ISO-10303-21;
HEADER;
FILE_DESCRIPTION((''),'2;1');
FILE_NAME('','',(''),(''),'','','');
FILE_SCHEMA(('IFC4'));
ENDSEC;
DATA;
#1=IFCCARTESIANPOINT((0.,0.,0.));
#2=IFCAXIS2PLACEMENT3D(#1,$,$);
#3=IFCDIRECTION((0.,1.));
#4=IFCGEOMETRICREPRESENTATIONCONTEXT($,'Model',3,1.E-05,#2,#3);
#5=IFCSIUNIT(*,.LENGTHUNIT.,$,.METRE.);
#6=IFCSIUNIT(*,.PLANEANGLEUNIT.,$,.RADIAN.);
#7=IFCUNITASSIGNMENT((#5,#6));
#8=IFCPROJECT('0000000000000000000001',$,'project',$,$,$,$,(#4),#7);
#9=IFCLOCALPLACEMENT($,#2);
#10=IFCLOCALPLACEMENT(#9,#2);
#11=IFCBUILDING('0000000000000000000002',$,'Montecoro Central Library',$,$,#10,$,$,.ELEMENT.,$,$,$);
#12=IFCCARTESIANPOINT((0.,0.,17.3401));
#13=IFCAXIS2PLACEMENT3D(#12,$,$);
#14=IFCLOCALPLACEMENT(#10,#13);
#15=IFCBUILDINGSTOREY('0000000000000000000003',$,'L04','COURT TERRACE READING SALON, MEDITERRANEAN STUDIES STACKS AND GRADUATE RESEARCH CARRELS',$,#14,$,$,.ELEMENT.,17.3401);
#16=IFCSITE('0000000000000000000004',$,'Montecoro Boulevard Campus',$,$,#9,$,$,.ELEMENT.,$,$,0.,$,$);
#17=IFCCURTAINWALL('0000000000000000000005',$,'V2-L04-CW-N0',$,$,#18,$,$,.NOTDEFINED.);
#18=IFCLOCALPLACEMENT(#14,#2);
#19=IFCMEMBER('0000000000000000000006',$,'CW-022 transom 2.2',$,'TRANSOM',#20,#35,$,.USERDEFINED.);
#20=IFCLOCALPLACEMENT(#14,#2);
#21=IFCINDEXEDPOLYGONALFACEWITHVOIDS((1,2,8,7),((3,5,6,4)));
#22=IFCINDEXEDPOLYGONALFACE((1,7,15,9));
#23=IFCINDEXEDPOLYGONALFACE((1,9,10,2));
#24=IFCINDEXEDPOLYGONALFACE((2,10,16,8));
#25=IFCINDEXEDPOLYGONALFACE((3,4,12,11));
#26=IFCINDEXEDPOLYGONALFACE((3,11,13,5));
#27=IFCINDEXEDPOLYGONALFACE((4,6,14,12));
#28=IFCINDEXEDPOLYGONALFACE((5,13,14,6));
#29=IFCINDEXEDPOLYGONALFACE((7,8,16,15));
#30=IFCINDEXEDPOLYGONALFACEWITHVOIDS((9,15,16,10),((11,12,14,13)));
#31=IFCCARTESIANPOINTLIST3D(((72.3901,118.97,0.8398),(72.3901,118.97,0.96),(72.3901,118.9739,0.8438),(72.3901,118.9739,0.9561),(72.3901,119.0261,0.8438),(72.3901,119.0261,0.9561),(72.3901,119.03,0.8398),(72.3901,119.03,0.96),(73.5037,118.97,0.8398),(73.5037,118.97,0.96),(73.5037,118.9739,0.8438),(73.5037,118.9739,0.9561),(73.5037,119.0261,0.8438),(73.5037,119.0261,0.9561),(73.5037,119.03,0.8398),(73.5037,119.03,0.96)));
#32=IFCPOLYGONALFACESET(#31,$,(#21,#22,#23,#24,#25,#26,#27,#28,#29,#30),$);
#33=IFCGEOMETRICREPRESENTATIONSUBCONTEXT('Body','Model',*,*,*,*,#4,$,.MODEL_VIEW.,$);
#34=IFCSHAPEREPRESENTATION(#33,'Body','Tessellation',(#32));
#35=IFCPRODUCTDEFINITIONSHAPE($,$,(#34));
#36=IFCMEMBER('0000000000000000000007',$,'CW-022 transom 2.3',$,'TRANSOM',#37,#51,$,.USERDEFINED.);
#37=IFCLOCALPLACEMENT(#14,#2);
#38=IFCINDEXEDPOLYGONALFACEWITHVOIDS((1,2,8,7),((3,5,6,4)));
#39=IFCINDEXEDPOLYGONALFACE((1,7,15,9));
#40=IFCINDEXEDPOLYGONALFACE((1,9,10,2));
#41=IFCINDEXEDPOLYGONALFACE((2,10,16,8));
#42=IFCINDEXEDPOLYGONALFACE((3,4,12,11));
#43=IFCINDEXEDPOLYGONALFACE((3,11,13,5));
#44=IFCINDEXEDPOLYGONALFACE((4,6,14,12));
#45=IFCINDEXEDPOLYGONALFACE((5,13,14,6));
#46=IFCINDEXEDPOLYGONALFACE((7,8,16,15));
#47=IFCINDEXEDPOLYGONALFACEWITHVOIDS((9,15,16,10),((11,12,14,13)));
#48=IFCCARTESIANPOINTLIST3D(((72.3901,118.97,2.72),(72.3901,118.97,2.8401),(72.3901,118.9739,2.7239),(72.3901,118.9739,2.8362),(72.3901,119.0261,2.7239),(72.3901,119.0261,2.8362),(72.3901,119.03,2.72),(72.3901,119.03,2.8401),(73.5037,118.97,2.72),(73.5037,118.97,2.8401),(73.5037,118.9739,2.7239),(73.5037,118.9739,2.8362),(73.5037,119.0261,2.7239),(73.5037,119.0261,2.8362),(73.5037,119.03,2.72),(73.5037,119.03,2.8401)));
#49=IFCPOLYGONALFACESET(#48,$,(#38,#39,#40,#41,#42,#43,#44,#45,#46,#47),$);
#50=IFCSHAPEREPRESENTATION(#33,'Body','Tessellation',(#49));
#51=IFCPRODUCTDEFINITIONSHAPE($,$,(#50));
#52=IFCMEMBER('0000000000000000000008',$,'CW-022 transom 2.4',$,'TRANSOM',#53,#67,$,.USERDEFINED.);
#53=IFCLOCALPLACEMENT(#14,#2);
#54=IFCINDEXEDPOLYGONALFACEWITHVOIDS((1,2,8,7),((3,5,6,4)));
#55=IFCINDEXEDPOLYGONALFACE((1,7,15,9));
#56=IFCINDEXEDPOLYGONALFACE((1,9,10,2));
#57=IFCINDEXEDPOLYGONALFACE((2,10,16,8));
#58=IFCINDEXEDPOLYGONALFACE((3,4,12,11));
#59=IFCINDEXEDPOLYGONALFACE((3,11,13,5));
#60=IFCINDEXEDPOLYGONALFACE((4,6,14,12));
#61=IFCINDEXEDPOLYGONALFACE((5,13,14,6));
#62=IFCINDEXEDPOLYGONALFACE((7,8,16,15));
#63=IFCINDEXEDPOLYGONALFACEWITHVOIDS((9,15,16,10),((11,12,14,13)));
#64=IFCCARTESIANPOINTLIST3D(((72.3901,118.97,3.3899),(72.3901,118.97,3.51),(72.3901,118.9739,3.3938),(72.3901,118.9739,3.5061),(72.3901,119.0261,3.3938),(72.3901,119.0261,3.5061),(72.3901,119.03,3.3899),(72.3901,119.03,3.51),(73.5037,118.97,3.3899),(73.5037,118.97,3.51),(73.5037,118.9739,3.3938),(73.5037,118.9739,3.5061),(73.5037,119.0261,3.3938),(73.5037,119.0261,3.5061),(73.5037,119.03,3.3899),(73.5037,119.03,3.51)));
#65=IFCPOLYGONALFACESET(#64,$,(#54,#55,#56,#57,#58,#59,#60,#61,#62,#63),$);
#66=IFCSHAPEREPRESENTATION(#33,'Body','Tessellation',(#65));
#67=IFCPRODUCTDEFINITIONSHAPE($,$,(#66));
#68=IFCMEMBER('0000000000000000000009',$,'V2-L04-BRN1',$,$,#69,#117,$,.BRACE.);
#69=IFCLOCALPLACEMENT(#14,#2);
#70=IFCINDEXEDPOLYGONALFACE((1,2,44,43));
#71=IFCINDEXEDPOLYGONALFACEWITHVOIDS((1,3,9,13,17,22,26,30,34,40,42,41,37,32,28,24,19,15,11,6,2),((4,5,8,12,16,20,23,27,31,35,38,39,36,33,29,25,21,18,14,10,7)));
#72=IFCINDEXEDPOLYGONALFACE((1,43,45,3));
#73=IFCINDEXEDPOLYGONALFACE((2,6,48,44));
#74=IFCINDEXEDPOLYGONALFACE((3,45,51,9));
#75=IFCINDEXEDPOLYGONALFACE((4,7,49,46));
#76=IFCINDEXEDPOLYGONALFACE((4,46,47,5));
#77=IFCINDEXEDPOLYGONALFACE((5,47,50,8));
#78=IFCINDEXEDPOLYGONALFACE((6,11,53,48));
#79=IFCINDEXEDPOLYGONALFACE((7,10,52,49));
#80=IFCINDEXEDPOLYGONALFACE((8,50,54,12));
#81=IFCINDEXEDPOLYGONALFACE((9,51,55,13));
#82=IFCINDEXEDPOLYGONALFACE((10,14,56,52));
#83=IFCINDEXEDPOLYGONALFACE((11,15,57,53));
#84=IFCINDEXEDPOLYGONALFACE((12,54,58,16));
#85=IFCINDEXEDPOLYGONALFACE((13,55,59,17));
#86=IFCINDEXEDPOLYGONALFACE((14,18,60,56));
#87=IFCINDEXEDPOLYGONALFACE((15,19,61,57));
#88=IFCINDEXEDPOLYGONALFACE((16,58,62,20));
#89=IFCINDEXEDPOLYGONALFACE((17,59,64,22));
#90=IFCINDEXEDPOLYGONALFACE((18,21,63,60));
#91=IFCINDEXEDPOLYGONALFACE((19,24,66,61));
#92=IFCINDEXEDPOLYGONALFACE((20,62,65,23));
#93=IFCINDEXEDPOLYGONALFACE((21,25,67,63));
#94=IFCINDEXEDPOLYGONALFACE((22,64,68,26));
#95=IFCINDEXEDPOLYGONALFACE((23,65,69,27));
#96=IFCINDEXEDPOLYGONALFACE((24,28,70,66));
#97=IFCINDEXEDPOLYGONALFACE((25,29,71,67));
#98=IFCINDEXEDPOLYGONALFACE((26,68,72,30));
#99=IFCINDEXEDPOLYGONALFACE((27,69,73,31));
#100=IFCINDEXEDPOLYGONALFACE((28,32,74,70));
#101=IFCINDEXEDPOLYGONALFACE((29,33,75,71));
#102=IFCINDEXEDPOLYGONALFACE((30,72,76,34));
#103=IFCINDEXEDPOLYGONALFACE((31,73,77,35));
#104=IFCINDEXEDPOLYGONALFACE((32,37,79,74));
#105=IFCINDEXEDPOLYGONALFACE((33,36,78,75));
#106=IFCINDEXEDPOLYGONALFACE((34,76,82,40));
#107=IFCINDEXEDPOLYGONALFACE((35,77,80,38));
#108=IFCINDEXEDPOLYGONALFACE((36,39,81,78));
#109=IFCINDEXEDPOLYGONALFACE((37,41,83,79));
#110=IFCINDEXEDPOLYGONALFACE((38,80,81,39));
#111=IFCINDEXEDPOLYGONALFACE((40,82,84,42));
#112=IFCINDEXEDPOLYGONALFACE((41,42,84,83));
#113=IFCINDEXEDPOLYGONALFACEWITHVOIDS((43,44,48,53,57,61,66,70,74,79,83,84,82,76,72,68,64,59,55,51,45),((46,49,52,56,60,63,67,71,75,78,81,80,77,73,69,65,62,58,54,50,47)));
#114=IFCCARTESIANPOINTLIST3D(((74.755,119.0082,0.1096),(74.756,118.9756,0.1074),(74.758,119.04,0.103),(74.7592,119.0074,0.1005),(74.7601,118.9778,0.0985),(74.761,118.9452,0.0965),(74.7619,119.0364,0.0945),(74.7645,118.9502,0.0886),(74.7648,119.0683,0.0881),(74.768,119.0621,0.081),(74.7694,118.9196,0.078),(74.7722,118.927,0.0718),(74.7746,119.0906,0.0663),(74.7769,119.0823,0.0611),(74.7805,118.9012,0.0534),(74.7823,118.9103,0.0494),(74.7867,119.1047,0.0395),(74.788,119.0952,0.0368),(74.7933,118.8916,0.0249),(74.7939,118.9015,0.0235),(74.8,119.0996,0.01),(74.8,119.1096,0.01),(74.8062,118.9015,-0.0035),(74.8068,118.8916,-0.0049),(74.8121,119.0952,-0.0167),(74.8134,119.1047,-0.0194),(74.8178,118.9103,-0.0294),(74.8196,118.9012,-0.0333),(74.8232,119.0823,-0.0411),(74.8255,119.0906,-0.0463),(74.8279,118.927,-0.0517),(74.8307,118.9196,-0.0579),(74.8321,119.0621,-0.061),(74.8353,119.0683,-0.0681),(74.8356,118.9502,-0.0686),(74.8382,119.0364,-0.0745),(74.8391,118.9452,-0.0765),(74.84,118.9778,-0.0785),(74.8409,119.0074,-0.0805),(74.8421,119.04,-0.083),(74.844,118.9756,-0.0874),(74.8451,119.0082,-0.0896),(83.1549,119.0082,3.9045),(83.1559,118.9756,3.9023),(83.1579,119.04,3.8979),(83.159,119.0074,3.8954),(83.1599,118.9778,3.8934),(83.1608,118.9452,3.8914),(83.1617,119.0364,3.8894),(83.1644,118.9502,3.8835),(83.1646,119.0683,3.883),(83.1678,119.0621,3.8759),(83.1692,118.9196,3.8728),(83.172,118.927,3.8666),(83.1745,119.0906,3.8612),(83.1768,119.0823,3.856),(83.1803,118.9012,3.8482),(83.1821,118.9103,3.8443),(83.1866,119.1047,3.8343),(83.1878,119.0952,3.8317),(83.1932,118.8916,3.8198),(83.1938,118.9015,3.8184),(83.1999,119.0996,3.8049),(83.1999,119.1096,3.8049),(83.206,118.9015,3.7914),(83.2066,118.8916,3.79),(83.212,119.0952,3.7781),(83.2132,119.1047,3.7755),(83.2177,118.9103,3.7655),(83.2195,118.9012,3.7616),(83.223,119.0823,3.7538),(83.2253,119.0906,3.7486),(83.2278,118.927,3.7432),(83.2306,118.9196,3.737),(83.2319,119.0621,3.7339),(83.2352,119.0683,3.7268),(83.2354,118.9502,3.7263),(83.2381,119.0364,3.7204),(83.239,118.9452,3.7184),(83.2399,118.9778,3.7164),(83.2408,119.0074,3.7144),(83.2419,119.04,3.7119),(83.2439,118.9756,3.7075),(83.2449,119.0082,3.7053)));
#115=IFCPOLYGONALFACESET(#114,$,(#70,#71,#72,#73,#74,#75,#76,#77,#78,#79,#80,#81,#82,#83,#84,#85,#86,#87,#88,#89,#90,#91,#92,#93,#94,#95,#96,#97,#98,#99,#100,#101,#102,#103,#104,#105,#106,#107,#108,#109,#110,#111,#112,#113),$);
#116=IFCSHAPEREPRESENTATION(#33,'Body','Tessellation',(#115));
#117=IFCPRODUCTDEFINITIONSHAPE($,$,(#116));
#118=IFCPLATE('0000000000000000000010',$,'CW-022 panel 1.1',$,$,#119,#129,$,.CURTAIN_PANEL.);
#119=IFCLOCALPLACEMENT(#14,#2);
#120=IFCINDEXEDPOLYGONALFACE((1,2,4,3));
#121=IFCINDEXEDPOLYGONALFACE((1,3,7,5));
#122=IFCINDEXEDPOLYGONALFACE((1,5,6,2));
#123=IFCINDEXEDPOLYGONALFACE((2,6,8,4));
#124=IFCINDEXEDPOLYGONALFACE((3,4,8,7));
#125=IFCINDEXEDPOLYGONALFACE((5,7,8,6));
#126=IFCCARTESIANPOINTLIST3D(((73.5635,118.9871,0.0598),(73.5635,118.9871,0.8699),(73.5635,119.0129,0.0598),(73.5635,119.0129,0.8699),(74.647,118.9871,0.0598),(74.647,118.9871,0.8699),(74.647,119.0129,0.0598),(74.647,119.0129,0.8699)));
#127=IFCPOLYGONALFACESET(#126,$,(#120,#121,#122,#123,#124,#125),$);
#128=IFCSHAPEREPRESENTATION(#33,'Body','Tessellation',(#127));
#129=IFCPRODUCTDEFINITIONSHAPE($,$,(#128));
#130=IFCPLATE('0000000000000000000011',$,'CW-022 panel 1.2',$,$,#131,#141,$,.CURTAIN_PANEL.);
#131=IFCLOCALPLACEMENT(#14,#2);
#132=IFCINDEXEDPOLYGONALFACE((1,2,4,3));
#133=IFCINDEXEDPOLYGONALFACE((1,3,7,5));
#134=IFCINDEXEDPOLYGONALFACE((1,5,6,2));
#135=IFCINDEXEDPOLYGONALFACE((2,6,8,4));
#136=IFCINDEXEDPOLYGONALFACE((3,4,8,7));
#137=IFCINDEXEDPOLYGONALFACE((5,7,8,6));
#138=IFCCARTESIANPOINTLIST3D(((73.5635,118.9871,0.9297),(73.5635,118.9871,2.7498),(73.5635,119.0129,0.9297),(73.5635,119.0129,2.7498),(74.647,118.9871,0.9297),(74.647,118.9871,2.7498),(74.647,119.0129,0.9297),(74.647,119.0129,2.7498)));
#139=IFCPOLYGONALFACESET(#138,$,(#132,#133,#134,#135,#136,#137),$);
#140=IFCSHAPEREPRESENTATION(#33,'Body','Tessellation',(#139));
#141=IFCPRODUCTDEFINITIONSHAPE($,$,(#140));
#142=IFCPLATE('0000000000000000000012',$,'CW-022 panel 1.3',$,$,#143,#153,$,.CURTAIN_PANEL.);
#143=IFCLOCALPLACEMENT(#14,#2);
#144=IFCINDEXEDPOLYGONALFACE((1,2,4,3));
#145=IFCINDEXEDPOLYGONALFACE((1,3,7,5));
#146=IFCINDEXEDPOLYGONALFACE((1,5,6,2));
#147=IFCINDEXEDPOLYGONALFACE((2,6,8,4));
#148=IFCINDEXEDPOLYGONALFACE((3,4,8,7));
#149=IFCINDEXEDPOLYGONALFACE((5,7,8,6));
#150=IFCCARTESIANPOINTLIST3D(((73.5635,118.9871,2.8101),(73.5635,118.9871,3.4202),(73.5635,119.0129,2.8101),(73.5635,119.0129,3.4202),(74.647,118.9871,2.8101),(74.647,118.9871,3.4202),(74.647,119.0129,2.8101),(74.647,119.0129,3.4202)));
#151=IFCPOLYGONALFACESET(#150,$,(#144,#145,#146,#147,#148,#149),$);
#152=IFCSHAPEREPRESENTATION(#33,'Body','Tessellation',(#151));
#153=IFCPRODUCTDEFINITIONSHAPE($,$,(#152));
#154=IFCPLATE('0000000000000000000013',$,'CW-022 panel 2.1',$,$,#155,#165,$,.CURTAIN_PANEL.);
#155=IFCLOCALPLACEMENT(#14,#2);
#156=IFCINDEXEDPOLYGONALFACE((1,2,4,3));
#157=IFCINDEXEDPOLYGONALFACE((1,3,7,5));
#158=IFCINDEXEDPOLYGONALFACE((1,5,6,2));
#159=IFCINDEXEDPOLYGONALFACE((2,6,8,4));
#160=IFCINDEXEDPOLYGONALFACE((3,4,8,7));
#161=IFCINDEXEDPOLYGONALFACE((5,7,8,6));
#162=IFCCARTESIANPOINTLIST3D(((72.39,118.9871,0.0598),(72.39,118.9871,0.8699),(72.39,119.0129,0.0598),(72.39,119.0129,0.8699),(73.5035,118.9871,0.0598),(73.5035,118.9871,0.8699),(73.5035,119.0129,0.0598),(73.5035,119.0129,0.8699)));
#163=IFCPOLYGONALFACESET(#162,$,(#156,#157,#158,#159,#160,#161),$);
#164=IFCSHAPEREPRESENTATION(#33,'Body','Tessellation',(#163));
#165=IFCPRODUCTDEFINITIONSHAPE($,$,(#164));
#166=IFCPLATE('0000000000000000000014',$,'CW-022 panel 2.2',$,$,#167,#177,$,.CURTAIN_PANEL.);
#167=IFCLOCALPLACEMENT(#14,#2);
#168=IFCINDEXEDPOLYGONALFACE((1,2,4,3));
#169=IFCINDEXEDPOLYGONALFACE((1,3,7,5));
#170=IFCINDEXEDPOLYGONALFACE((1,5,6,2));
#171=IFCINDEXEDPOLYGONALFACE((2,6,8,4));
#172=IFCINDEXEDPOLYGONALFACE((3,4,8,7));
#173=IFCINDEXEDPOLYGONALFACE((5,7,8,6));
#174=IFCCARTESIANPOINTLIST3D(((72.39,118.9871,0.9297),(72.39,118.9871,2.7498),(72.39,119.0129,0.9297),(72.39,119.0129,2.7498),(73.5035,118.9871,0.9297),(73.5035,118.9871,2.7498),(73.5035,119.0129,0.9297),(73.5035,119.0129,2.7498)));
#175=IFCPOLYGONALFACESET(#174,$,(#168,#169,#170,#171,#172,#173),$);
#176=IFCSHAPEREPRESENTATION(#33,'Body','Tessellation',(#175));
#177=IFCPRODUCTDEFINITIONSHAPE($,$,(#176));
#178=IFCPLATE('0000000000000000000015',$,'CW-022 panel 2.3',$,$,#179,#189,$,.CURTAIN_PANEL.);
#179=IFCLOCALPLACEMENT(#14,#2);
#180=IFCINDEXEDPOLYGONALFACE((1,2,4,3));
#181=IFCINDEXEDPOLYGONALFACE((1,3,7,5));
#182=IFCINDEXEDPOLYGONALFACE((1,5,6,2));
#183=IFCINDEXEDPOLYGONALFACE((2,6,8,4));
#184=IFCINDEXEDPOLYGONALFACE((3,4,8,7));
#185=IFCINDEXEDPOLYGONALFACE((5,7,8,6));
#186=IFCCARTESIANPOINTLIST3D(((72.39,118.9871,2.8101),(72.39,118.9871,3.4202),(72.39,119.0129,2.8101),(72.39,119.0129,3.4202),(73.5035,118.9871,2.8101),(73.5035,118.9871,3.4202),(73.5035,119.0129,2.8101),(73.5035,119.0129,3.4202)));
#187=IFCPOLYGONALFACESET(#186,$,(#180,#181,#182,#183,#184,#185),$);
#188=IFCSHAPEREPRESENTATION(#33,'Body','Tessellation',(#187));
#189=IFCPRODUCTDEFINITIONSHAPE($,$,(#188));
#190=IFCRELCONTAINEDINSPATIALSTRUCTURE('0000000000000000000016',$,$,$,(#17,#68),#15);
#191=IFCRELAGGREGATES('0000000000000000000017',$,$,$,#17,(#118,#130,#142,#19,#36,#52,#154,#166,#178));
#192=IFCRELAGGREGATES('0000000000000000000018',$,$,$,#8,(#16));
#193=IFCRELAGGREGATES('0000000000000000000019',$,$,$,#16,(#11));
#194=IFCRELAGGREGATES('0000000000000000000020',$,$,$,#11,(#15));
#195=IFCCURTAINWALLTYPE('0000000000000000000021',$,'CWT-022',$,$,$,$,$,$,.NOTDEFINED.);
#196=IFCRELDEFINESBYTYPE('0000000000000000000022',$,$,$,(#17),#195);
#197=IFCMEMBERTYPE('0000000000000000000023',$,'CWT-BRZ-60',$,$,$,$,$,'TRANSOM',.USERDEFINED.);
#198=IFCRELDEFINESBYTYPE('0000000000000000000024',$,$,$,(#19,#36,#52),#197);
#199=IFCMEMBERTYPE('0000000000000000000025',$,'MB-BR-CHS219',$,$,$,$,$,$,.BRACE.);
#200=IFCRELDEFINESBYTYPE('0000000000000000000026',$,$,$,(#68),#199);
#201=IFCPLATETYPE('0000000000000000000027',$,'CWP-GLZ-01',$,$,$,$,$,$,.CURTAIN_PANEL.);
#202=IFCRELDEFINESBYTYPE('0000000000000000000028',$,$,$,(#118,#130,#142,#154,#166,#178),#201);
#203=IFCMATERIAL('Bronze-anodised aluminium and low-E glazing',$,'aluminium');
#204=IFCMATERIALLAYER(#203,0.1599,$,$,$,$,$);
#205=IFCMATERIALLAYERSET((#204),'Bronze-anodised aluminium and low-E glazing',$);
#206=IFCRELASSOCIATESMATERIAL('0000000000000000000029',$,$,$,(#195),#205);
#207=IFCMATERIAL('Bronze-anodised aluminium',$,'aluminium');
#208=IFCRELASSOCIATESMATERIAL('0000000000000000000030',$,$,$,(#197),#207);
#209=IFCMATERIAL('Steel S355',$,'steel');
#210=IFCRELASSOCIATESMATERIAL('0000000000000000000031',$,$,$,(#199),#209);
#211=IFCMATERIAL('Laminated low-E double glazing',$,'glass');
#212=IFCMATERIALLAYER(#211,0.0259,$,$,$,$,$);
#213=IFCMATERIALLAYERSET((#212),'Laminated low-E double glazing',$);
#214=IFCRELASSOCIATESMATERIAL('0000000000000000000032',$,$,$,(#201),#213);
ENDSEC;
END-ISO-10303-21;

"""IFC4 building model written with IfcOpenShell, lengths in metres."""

from ifc_helpers import new_model, si_unit, direction, frame, origin, origin_2d, place, context, subcontext, project, spatial, rectangle, hollow_rectangle, hollow_circle, extrude, material, layer, layer_set, material_profile, profile_set, type_object, element, aggregate, save


model = new_model("IFC4")

# Units and contexts
model_context = context("Model", 3, precision=1e-05, world=origin(), true_north=direction((0.0, 1.0)))
body_context = subcontext(model_context, "Body", "Model", "MODEL_VIEW")
ifc_project = project(units=[si_unit("LENGTHUNIT", "METRE"), si_unit("PLANEANGLEUNIT", "RADIAN")], contexts=[model_context])

# Site, building, storey
site_placement = place(None, origin())
site = spatial("IfcSite", under=ifc_project, at=site_placement, Name="Montecoro Boulevard Campus", CompositionType="ELEMENT", RefElevation=0.0)
building_placement = place(site_placement, origin())
building = spatial("IfcBuilding", under=site, at=building_placement, Name="Montecoro Central Library", CompositionType="ELEMENT")
storey_placement = place(building_placement, frame((0.0, 0.0, 17.3401)))
storey = spatial("IfcBuildingStorey", under=building, at=storey_placement, Name="L04", Description="COURT TERRACE READING SALON, MEDITERRANEAN STUDIES STACKS AND GRADUATE RESEARCH CARRELS", CompositionType="ELEMENT", Elevation=17.3401)

# Shared definitions
ifc_material_1 = material(Name="Steel S355", Category="steel")

# Curtain wall, members
ifc_material_2 = material(Name="Bronze-anodised aluminium and low-E glazing", Category="aluminium")
ifc_layer_1 = layer(ifc_material_2, 0.1599)
ifc_layer_set_1 = layer_set([ifc_layer_1], Name="Bronze-anodised aluminium and low-E glazing")
curtain_wall_type = type_object("IfcCurtainWallType", Name="CWT-022", PredefinedType="NOTDEFINED", material=ifc_layer_set_1)
curtain_wall_placement = place(storey_placement, origin())
curtain_wall = element("IfcCurtainWall", 1, at=curtain_wall_placement, inside=storey, type_object=curtain_wall_type, Name="V2-L04-CW-N0", PredefinedType="NOTDEFINED")
ifc_material_3 = material(Name="Bronze-anodised aluminium", Category="aluminium")
ifc_material_profile_1 = material_profile(ifc_material_3, hollow_rectangle(XDim=0.0601, YDim=0.1201, WallThickness=0.0039, at=origin_2d()), Name="CWT 120x60x4.0")
ifc_profile_set_1 = profile_set([ifc_material_profile_1], Name="Bronze-anodised aluminium")
member_type_1 = type_object("IfcMemberType", Name="CWT-BRZ-60", ElementType="TRANSOM", PredefinedType="USERDEFINED", material=ifc_profile_set_1)
member_1_placement = place(storey_placement, frame((73.5037, 119.0, 0.8999), z_axis=(-1.0, 0.0, 0.0), x_axis=(0.0, -1.0, 0.0)))
member_1 = element("IfcMember", 2, at=member_1_placement, type_object=member_type_1, Name="CW-022 transom 2.2", ObjectType="TRANSOM", PredefinedType="USERDEFINED", context=body_context, shape_type="SweptSolid", body=[
    extrude(hollow_rectangle(XDim=0.0601, YDim=0.1201, WallThickness=0.0039, at=origin_2d()), origin(), (0.0, 0.0, 1.0), 1.1135),
])
member_2_placement = place(storey_placement, frame((73.5037, 119.0, 2.78), z_axis=(-1.0, 0.0, 0.0), x_axis=(0.0, -1.0, 0.0)))
member_2 = element("IfcMember", 3, at=member_2_placement, type_object=member_type_1, Name="CW-022 transom 2.3", ObjectType="TRANSOM", PredefinedType="USERDEFINED", context=body_context, shape_type="SweptSolid", body=[
    extrude(hollow_rectangle(XDim=0.0601, YDim=0.1201, WallThickness=0.0039, at=origin_2d()), origin(), (0.0, 0.0, 1.0), 1.1135),
])
member_3_placement = place(storey_placement, frame((73.5037, 119.0, 3.45), z_axis=(-1.0, 0.0, 0.0), x_axis=(0.0, -1.0, 0.0)))
member_3 = element("IfcMember", 4, at=member_3_placement, type_object=member_type_1, Name="CW-022 transom 2.4", ObjectType="TRANSOM", PredefinedType="USERDEFINED", context=body_context, shape_type="SweptSolid", body=[
    extrude(hollow_rectangle(XDim=0.0601, YDim=0.1201, WallThickness=0.0039, at=origin_2d()), origin(), (0.0, 0.0, 1.0), 1.1135),
])

# Member
ifc_material_profile_2 = material_profile(ifc_material_1, hollow_circle(Radius=0.1096, WallThickness=0.01, at=origin_2d()), Name="CHS 219.1x10.0")
ifc_profile_set_2 = profile_set([ifc_material_profile_2], Name="Steel S355")
member_type_2 = type_object("IfcMemberType", Name="MB-BR-CHS219", PredefinedType="BRACE", material=ifc_profile_set_2)
member_4_placement = place(storey_placement, frame((74.8, 119.0, 0.01), z_axis=(0.911313, 0.0, 0.411714), x_axis=(0.0, 1.0, 0.0)))
element("IfcMember", 5, at=member_4_placement, inside=storey, type_object=member_type_2, Name="V2-L04-BRN1", PredefinedType="BRACE", context=body_context, shape_type="SweptSolid", body=[
    extrude(hollow_circle(Radius=0.1096, WallThickness=0.01, at=origin_2d()), origin(), (0.0, 0.0, 1.0), 9.2173),
])

# Plates
ifc_material_4 = material(Name="Laminated low-E double glazing", Category="glass")
ifc_layer_2 = layer(ifc_material_4, 0.0259)
ifc_layer_set_2 = layer_set([ifc_layer_2], Name="Laminated low-E double glazing")
plate_type = type_object("IfcPlateType", Name="CWP-GLZ-01", PredefinedType="CURTAIN_PANEL", material=ifc_layer_set_2)
plate_1_placement = place(storey_placement, frame((74.1052, 119.0, 0.0598), z_axis=(0.0, 0.0, 1.0), x_axis=(-1.0, 0.0, 0.0)))
plate_1 = element("IfcPlate", 6, at=plate_1_placement, type_object=plate_type, Name="CW-022 panel 1.1", PredefinedType="CURTAIN_PANEL", context=body_context, shape_type="SweptSolid", body=[
    extrude(rectangle(XDim=1.0835, YDim=0.0259, at=origin_2d()), origin(), (0.0, 0.0, 1.0), 0.8101),
])
plate_2_placement = place(storey_placement, frame((74.1052, 119.0, 0.9297), z_axis=(0.0, 0.0, 1.0), x_axis=(-1.0, 0.0, 0.0)))
plate_2 = element("IfcPlate", 7, at=plate_2_placement, type_object=plate_type, Name="CW-022 panel 1.2", PredefinedType="CURTAIN_PANEL", context=body_context, shape_type="SweptSolid", body=[
    extrude(rectangle(XDim=1.0835, YDim=0.0259, at=origin_2d()), origin(), (0.0, 0.0, 1.0), 1.8201),
])
plate_3_placement = place(storey_placement, frame((74.1052, 119.0, 2.8101), z_axis=(0.0, 0.0, 1.0), x_axis=(-1.0, 0.0, 0.0)))
plate_3 = element("IfcPlate", 8, at=plate_3_placement, type_object=plate_type, Name="CW-022 panel 1.3", PredefinedType="CURTAIN_PANEL", context=body_context, shape_type="SweptSolid", body=[
    extrude(rectangle(XDim=1.0835, YDim=0.0259, at=origin_2d()), origin(), (0.0, 0.0, 1.0), 0.6101),
])
plate_4_placement = place(storey_placement, frame((72.9468, 119.0, 0.0598), z_axis=(0.0, 0.0, 1.0), x_axis=(-1.0, 0.0, 0.0)))
plate_4 = element("IfcPlate", 9, at=plate_4_placement, type_object=plate_type, Name="CW-022 panel 2.1", PredefinedType="CURTAIN_PANEL", context=body_context, shape_type="SweptSolid", body=[
    extrude(rectangle(XDim=1.1135, YDim=0.0259, at=origin_2d()), origin(), (0.0, 0.0, 1.0), 0.8101),
])
plate_5_placement = place(storey_placement, frame((72.9468, 119.0, 0.9297), z_axis=(0.0, 0.0, 1.0), x_axis=(-1.0, 0.0, 0.0)))
plate_5 = element("IfcPlate", 10, at=plate_5_placement, type_object=plate_type, Name="CW-022 panel 2.2", PredefinedType="CURTAIN_PANEL", context=body_context, shape_type="SweptSolid", body=[
    extrude(rectangle(XDim=1.1135, YDim=0.0259, at=origin_2d()), origin(), (0.0, 0.0, 1.0), 1.8201),
])
plate_6_placement = place(storey_placement, frame((72.9468, 119.0, 2.8101), z_axis=(0.0, 0.0, 1.0), x_axis=(-1.0, 0.0, 0.0)))
plate_6 = element("IfcPlate", 11, at=plate_6_placement, type_object=plate_type, Name="CW-022 panel 2.3", PredefinedType="CURTAIN_PANEL", context=body_context, shape_type="SweptSolid", body=[
    extrude(rectangle(XDim=1.1135, YDim=0.0259, at=origin_2d()), origin(), (0.0, 0.0, 1.0), 0.6101),
])
aggregate(curtain_wall, [plate_1, plate_2, plate_3, member_1, member_2, member_3, plate_4, plate_5, plate_6])

save(model, "model.ifc")
